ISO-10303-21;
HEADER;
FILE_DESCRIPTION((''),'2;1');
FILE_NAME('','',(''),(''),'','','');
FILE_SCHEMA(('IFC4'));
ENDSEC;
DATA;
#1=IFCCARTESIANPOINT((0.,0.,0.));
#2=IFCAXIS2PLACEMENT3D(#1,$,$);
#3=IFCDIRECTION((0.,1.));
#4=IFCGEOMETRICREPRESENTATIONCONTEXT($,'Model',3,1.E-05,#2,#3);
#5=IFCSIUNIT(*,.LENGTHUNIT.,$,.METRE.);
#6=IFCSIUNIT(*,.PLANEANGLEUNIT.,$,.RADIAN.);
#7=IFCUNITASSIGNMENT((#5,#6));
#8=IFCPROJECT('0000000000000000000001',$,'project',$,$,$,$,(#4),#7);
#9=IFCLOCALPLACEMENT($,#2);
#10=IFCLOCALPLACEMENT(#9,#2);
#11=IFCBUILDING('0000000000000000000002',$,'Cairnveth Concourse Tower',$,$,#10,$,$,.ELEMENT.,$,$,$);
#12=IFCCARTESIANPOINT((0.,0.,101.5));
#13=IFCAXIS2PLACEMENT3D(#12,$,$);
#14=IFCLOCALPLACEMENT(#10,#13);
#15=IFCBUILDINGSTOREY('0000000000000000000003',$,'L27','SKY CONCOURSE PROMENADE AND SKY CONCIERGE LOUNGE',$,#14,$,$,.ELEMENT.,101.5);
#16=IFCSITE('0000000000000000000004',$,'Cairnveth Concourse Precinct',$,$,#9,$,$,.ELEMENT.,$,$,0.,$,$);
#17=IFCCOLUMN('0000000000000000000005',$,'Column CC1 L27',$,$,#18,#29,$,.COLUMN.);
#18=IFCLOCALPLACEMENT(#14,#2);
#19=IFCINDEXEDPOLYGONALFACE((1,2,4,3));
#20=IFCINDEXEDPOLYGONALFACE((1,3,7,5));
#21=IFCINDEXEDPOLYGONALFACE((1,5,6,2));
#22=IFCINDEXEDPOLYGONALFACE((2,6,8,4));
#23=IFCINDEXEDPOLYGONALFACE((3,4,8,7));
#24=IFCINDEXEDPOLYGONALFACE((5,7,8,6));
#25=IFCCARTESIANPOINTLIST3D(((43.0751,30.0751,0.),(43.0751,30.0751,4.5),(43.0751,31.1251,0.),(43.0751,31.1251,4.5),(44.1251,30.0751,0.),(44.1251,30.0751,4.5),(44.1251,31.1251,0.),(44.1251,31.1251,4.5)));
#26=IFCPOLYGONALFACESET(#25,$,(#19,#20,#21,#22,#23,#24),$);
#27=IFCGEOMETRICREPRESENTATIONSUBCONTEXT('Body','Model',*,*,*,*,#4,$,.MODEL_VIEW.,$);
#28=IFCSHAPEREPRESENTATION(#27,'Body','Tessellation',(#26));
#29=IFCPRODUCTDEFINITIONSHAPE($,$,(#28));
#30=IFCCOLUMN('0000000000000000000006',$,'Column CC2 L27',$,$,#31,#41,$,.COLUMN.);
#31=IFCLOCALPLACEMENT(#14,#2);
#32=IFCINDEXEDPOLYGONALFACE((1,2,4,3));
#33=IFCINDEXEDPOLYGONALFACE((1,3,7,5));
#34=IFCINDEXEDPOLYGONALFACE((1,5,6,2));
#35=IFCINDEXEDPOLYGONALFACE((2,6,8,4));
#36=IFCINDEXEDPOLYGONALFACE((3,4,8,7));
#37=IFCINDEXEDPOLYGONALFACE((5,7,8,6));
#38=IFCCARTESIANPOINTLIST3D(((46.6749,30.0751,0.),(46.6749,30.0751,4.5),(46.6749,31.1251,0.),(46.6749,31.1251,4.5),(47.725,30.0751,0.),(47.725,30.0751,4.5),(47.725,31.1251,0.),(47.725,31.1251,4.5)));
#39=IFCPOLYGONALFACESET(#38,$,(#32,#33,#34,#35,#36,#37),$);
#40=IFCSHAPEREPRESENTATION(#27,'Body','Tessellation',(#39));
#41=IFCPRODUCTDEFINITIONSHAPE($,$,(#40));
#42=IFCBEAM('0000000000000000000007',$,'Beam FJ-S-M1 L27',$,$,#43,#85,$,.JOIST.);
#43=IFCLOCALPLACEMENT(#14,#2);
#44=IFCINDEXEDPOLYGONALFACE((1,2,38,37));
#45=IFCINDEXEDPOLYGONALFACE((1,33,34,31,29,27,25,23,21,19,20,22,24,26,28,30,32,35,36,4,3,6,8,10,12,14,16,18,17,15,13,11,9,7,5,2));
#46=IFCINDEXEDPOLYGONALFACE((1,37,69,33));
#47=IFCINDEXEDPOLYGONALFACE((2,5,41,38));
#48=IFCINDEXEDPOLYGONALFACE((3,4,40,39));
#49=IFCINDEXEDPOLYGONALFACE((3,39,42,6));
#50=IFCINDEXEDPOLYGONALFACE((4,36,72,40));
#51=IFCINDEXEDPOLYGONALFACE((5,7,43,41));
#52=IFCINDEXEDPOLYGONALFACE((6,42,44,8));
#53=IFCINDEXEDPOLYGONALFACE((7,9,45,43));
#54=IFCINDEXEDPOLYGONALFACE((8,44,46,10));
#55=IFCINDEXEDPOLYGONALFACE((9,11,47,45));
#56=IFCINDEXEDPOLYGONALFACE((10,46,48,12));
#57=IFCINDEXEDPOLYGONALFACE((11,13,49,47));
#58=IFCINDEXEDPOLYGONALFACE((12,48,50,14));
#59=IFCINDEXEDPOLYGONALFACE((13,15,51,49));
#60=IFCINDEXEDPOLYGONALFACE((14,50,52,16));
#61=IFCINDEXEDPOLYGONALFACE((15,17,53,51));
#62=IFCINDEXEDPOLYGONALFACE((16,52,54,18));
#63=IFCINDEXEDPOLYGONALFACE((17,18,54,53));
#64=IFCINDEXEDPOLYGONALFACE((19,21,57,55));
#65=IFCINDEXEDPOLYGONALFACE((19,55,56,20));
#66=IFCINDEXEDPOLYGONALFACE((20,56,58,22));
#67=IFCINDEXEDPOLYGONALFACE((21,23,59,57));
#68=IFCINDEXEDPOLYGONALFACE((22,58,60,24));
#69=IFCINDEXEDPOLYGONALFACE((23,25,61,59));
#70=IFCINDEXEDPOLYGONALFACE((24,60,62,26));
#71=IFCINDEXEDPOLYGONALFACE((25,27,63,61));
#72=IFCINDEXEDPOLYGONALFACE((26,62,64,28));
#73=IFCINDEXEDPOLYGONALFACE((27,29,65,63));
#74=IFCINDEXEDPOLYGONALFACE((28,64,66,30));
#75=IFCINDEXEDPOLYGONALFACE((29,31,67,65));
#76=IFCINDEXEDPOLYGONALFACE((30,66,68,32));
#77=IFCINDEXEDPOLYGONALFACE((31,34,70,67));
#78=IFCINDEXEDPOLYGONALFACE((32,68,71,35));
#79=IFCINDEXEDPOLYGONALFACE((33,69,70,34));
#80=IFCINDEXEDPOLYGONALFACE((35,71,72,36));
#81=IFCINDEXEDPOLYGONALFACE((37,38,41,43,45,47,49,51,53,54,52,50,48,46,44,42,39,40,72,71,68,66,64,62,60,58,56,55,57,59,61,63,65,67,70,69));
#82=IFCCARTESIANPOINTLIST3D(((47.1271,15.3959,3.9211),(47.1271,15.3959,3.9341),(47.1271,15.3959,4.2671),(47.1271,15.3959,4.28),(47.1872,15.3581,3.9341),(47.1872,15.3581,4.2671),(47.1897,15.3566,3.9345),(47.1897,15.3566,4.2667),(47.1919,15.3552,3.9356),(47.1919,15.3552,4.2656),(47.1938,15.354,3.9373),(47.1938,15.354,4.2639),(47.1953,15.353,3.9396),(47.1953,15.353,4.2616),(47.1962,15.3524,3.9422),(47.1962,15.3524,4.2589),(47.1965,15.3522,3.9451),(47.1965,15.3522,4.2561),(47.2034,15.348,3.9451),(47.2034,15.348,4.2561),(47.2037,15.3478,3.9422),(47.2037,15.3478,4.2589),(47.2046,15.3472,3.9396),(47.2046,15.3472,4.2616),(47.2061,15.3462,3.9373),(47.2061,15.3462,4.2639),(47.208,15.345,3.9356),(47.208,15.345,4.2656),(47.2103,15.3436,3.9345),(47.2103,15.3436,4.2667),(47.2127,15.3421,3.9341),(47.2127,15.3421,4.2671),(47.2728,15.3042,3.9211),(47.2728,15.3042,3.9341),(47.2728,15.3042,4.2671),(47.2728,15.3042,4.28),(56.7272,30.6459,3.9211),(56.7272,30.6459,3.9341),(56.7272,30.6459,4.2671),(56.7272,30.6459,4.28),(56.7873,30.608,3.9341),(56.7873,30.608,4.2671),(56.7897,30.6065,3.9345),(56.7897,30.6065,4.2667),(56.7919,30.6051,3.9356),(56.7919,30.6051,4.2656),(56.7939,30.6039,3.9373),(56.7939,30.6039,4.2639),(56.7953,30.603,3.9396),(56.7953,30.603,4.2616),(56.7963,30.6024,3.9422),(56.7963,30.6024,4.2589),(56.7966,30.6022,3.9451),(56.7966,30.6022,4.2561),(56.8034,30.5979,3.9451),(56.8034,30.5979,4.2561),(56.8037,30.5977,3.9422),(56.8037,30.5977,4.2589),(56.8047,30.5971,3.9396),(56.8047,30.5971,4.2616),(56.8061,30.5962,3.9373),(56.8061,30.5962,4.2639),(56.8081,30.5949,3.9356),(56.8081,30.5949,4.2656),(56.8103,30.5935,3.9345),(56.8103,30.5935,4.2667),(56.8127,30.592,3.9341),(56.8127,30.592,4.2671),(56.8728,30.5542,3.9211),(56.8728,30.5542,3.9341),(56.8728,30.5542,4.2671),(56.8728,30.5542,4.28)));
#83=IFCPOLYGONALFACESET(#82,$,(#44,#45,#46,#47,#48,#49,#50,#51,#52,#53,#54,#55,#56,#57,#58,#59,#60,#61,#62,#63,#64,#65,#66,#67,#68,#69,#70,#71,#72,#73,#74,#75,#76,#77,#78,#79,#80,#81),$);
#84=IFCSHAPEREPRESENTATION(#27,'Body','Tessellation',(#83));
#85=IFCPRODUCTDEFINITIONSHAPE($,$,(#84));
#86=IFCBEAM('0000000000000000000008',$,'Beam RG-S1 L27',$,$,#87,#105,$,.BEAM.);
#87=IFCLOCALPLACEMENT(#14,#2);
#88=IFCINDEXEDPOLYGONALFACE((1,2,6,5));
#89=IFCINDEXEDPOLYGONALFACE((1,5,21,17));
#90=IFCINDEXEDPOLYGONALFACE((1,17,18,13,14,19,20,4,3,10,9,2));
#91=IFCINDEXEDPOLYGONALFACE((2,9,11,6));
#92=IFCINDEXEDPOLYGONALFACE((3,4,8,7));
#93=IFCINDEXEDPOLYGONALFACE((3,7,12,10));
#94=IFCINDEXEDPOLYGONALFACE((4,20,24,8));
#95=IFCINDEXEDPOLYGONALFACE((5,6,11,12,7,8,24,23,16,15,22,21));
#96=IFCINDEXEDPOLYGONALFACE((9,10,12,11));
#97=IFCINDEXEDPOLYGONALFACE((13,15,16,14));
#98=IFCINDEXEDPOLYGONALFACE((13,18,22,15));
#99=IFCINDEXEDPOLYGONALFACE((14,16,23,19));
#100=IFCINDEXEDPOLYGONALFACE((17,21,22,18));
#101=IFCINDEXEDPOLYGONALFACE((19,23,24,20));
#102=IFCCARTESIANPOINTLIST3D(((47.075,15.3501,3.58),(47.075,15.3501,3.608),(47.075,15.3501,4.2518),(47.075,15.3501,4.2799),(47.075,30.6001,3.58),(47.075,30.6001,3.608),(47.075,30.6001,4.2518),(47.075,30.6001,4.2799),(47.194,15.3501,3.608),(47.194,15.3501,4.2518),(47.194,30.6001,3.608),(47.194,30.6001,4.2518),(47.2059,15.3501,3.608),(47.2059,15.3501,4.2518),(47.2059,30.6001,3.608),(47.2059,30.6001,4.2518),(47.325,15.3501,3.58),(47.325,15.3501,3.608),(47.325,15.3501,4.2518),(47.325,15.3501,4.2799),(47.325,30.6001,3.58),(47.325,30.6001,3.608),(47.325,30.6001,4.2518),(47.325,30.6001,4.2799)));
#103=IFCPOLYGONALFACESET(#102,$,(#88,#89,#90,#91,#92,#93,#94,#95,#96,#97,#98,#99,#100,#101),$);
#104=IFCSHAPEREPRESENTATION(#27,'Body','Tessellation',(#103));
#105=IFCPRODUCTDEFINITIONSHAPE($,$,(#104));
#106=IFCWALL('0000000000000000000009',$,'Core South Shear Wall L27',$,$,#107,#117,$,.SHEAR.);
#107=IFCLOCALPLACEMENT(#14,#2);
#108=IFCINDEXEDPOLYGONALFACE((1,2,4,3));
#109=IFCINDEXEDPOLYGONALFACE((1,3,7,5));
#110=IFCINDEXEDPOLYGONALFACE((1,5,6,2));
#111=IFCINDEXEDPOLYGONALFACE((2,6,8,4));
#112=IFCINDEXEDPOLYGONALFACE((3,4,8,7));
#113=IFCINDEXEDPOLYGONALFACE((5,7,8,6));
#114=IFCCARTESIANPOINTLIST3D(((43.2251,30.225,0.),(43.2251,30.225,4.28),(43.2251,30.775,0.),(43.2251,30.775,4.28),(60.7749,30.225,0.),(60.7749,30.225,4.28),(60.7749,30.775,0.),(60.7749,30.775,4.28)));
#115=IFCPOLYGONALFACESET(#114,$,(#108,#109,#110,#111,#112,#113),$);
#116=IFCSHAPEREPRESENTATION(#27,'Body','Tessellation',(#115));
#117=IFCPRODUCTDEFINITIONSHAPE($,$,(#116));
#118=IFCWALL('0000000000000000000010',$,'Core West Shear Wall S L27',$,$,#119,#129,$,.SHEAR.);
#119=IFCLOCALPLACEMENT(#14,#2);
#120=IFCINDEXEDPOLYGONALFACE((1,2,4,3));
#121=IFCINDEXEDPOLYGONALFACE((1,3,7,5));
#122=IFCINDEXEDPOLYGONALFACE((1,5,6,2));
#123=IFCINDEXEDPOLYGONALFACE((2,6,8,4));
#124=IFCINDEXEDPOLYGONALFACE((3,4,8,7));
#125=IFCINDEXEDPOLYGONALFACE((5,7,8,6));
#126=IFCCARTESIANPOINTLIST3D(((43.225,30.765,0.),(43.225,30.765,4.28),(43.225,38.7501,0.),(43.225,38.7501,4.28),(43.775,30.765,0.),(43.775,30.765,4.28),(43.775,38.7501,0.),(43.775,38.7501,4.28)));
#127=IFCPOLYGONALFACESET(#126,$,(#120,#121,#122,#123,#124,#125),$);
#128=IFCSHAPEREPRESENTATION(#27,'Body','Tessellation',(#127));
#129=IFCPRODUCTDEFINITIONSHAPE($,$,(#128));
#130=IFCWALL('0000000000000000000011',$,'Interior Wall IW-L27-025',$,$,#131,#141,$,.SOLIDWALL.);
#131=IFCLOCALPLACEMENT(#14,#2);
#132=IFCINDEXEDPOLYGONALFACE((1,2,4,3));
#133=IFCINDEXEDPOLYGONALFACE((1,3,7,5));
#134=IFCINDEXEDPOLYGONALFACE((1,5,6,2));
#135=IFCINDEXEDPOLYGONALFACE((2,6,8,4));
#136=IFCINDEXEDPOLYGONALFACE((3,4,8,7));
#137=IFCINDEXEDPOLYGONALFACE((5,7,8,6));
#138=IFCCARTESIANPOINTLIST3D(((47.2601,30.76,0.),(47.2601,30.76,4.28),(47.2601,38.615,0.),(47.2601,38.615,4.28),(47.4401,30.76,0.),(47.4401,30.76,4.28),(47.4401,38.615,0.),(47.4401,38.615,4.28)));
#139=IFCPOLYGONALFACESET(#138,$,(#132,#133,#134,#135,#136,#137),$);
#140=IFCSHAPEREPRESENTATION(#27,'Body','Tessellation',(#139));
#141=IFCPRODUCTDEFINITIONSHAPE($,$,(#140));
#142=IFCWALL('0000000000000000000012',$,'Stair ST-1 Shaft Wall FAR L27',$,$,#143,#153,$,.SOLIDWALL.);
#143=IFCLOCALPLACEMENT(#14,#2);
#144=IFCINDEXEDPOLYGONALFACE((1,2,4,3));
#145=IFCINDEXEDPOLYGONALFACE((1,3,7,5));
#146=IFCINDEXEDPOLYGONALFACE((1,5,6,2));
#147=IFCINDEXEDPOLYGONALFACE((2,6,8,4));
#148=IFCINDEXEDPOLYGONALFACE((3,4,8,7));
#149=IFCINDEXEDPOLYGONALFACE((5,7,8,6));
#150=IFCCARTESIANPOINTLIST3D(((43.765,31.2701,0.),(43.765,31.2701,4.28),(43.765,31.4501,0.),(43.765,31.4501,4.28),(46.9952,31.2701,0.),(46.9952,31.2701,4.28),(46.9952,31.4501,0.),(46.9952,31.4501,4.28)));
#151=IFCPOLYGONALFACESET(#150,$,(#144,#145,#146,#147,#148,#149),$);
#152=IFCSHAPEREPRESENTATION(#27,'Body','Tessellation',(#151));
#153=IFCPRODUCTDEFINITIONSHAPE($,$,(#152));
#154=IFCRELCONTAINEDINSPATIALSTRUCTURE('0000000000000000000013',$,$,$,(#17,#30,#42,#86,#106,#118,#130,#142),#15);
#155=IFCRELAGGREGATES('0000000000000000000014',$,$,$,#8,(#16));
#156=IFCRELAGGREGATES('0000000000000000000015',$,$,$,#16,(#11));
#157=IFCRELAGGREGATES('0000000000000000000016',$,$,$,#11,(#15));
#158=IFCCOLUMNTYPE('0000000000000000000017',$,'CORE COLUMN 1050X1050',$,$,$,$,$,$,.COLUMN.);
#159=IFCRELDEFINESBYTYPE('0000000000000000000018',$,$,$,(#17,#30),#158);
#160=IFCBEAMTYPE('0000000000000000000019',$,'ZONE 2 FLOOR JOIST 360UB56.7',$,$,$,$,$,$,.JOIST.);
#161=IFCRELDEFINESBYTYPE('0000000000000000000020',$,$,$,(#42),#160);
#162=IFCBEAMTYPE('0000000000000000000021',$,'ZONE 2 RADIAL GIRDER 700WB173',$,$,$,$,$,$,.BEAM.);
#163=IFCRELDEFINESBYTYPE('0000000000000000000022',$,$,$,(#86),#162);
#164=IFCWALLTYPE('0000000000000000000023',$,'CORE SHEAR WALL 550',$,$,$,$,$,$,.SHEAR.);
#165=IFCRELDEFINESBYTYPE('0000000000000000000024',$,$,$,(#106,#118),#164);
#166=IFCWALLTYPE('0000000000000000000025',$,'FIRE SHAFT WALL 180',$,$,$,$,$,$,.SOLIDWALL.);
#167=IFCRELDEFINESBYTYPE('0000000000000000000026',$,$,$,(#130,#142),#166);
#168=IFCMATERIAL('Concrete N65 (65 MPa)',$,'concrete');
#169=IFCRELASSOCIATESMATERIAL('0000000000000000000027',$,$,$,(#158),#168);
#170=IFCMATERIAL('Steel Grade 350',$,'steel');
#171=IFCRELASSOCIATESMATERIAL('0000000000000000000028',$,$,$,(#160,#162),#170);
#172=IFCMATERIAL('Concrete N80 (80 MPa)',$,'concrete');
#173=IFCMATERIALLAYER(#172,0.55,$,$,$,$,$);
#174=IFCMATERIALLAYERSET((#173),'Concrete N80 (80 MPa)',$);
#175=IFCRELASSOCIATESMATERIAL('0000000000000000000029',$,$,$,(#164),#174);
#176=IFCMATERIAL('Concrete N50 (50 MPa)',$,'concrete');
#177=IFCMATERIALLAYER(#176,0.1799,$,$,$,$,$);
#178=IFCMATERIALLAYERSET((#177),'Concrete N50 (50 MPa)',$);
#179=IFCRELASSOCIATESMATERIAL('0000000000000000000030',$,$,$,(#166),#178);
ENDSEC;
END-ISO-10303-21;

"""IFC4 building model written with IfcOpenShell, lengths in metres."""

from ifc_helpers import new_model, si_unit, direction, frame, frame_2d, origin, origin_2d, place, context, subcontext, project, spatial, rectangle, i_section, extrude, material, layer, layer_set, material_profile, profile_set, type_object, element, save


model = new_model("IFC4")

# Units and contexts
model_context = context("Model", 3, precision=1e-05, world=origin(), true_north=direction((0.0, 1.0)))
body_context = subcontext(model_context, "Body", "Model", "MODEL_VIEW")
ifc_project = project(units=[si_unit("LENGTHUNIT", "METRE"), si_unit("PLANEANGLEUNIT", "RADIAN")], contexts=[model_context])

# Site, building, storey
site_placement = place(None, origin())
site = spatial("IfcSite", under=ifc_project, at=site_placement, Name="Cairnveth Concourse Precinct", CompositionType="ELEMENT", RefElevation=0.0)
building_placement = place(site_placement, origin())
building = spatial("IfcBuilding", under=site, at=building_placement, Name="Cairnveth Concourse Tower", CompositionType="ELEMENT")
storey_placement = place(building_placement, frame((0.0, 0.0, 101.5)))
storey = spatial("IfcBuildingStorey", under=building, at=storey_placement, Name="L27", Description="SKY CONCOURSE PROMENADE AND SKY CONCIERGE LOUNGE", CompositionType="ELEMENT", Elevation=101.5)

# Columns
ifc_material_1 = material(Name="Concrete N65 (65 MPa)", Category="concrete")
ifc_material_profile_1 = material_profile(ifc_material_1, rectangle(XDim=1.05, YDim=1.05, at=origin_2d()), Name="RC-COL-1050x1050")
ifc_profile_set_1 = profile_set([ifc_material_profile_1], Name="Concrete N65 (65 MPa)")
column_type = type_object("IfcColumnType", Name="CORE COLUMN 1050X1050", PredefinedType="COLUMN", material=ifc_profile_set_1)
for number, where, z_axis, x_axis, name in (
    (1, (43.6001, 30.6001, 0.0), (0.0, 0.0, 1.0), (1.0, 0.0, 0.0), "Column CC1 L27"),
    (2, (47.2, 30.6001, 0.0), (0.0, 0.0, 1.0), (1.0, 0.0, 0.0), "Column CC2 L27"),
):
    element("IfcColumn", number, at=place(storey_placement, frame(where, z_axis=z_axis, x_axis=x_axis)), inside=storey, type_object=column_type, Name=name, PredefinedType="COLUMN", context=body_context, shape_type="SweptSolid", body=[
        extrude(rectangle(XDim=1.05, YDim=1.05, at=origin_2d()), origin(), (0.0, 0.0, 1.0), 4.5),
    ])

# Beams
ifc_material_2 = material(Name="Steel Grade 350", Category="steel")
ifc_material_profile_2 = material_profile(ifc_material_2, i_section(OverallWidth=0.1721, OverallDepth=0.3589, WebThickness=0.0081, FlangeThickness=0.0129, FilletRadius=0.011, at=origin_2d()), Name="360UB56.7")
ifc_profile_set_2 = profile_set([ifc_material_profile_2], Name="Steel Grade 350")
beam_type_1 = type_object("IfcBeamType", Name="ZONE 2 FLOOR JOIST 360UB56.7", PredefinedType="JOIST", material=ifc_profile_set_2)
beam_1_placement = place(storey_placement, frame((47.2, 15.3501, 4.1006), z_axis=(0.532744, 0.846277, 0.0), x_axis=(-0.846277, 0.532744, 0.0)))
element("IfcBeam", 3, at=beam_1_placement, inside=storey, type_object=beam_type_1, Name="Beam FJ-S-M1 L27", PredefinedType="JOIST", context=body_context, shape_type="SweptSolid", body=[
    extrude(i_section(OverallWidth=0.1721, OverallDepth=0.3589, WebThickness=0.0081, FlangeThickness=0.0129, FilletRadius=0.011, at=origin_2d()), origin(), (0.0, 0.0, 1.0), 18.02),
])
ifc_material_profile_3 = material_profile(ifc_material_2, i_section(OverallWidth=0.25, OverallDepth=0.7, WebThickness=0.012, FlangeThickness=0.0281, at=origin_2d()), Name="700WB173")
ifc_profile_set_3 = profile_set([ifc_material_profile_3], Name="Steel Grade 350")
beam_type_2 = type_object("IfcBeamType", Name="ZONE 2 RADIAL GIRDER 700WB173", PredefinedType="BEAM", material=ifc_profile_set_3)
beam_2_placement = place(storey_placement, frame((47.2, 15.3501, 3.9299), z_axis=(0.0, 1.0, 0.0), x_axis=(-1.0, 0.0, 0.0)))
element("IfcBeam", 4, at=beam_2_placement, inside=storey, type_object=beam_type_2, Name="Beam RG-S1 L27", PredefinedType="BEAM", context=body_context, shape_type="SweptSolid", body=[
    extrude(i_section(OverallWidth=0.25, OverallDepth=0.7, WebThickness=0.012, FlangeThickness=0.0281, at=origin_2d()), origin(), (0.0, 0.0, 1.0), 15.25),
])

# Walls
ifc_material_3 = material(Name="Concrete N80 (80 MPa)", Category="concrete")
ifc_layer_1 = layer(ifc_material_3, 0.55)
ifc_layer_set_1 = layer_set([ifc_layer_1], Name="Concrete N80 (80 MPa)")
wall_type_1 = type_object("IfcWallType", Name="CORE SHEAR WALL 550", PredefinedType="SHEAR", material=ifc_layer_set_1)
wall_1_placement = place(storey_placement, frame((43.2251, 30.5, 0.0), z_axis=(0.0, 0.0, 1.0), x_axis=(1.0, 0.0, 0.0)))
element("IfcWall", 5, at=wall_1_placement, inside=storey, type_object=wall_type_1, Name="Core South Shear Wall L27", PredefinedType="SHEAR", context=body_context, shape_type="SweptSolid", body=[
    extrude(rectangle(XDim=17.5498, YDim=0.55, at=frame_2d((8.7749, 0.0))), origin(), (0.0, 0.0, 1.0), 4.28),
])
wall_2_placement = place(storey_placement, frame((43.5, 30.7649, 0.0), z_axis=(0.0, 0.0, 1.0), x_axis=(0.0, 1.0, 0.0)))
element("IfcWall", 6, at=wall_2_placement, inside=storey, type_object=wall_type_1, Name="Core West Shear Wall S L27", PredefinedType="SHEAR", context=body_context, shape_type="SweptSolid", body=[
    extrude(rectangle(XDim=7.9851, YDim=0.55, at=frame_2d((3.9927, 0.0))), origin(), (0.0, 0.0, 1.0), 4.28),
])
ifc_material_4 = material(Name="Concrete N50 (50 MPa)", Category="concrete")
ifc_layer_2 = layer(ifc_material_4, 0.1799)
ifc_layer_set_2 = layer_set([ifc_layer_2], Name="Concrete N50 (50 MPa)")
wall_type_2 = type_object("IfcWallType", Name="FIRE SHAFT WALL 180", PredefinedType="SOLIDWALL", material=ifc_layer_set_2)
wall_3_placement = place(storey_placement, frame((47.3501, 30.76, 0.0), z_axis=(0.0, 0.0, 1.0), x_axis=(0.0, 1.0, 0.0)))
element("IfcWall", 7, at=wall_3_placement, inside=storey, type_object=wall_type_2, Name="Interior Wall IW-L27-025", PredefinedType="SOLIDWALL", context=body_context, shape_type="SweptSolid", body=[
    extrude(rectangle(XDim=7.855, YDim=0.1799, at=frame_2d((3.9275, 0.0))), origin(), (0.0, 0.0, 1.0), 4.28),
])
wall_4_placement = place(storey_placement, frame((43.7649, 31.3601, 0.0), z_axis=(0.0, 0.0, 1.0), x_axis=(1.0, 0.0, 0.0)))
element("IfcWall", 8, at=wall_4_placement, inside=storey, type_object=wall_type_2, Name="Stair ST-1 Shaft Wall FAR L27", PredefinedType="SOLIDWALL", context=body_context, shape_type="SweptSolid", body=[
    extrude(rectangle(XDim=3.2302, YDim=0.1799, at=frame_2d((1.6152, 0.0))), origin(), (0.0, 0.0, 1.0), 4.28),
])

save(model, "model.ifc")
